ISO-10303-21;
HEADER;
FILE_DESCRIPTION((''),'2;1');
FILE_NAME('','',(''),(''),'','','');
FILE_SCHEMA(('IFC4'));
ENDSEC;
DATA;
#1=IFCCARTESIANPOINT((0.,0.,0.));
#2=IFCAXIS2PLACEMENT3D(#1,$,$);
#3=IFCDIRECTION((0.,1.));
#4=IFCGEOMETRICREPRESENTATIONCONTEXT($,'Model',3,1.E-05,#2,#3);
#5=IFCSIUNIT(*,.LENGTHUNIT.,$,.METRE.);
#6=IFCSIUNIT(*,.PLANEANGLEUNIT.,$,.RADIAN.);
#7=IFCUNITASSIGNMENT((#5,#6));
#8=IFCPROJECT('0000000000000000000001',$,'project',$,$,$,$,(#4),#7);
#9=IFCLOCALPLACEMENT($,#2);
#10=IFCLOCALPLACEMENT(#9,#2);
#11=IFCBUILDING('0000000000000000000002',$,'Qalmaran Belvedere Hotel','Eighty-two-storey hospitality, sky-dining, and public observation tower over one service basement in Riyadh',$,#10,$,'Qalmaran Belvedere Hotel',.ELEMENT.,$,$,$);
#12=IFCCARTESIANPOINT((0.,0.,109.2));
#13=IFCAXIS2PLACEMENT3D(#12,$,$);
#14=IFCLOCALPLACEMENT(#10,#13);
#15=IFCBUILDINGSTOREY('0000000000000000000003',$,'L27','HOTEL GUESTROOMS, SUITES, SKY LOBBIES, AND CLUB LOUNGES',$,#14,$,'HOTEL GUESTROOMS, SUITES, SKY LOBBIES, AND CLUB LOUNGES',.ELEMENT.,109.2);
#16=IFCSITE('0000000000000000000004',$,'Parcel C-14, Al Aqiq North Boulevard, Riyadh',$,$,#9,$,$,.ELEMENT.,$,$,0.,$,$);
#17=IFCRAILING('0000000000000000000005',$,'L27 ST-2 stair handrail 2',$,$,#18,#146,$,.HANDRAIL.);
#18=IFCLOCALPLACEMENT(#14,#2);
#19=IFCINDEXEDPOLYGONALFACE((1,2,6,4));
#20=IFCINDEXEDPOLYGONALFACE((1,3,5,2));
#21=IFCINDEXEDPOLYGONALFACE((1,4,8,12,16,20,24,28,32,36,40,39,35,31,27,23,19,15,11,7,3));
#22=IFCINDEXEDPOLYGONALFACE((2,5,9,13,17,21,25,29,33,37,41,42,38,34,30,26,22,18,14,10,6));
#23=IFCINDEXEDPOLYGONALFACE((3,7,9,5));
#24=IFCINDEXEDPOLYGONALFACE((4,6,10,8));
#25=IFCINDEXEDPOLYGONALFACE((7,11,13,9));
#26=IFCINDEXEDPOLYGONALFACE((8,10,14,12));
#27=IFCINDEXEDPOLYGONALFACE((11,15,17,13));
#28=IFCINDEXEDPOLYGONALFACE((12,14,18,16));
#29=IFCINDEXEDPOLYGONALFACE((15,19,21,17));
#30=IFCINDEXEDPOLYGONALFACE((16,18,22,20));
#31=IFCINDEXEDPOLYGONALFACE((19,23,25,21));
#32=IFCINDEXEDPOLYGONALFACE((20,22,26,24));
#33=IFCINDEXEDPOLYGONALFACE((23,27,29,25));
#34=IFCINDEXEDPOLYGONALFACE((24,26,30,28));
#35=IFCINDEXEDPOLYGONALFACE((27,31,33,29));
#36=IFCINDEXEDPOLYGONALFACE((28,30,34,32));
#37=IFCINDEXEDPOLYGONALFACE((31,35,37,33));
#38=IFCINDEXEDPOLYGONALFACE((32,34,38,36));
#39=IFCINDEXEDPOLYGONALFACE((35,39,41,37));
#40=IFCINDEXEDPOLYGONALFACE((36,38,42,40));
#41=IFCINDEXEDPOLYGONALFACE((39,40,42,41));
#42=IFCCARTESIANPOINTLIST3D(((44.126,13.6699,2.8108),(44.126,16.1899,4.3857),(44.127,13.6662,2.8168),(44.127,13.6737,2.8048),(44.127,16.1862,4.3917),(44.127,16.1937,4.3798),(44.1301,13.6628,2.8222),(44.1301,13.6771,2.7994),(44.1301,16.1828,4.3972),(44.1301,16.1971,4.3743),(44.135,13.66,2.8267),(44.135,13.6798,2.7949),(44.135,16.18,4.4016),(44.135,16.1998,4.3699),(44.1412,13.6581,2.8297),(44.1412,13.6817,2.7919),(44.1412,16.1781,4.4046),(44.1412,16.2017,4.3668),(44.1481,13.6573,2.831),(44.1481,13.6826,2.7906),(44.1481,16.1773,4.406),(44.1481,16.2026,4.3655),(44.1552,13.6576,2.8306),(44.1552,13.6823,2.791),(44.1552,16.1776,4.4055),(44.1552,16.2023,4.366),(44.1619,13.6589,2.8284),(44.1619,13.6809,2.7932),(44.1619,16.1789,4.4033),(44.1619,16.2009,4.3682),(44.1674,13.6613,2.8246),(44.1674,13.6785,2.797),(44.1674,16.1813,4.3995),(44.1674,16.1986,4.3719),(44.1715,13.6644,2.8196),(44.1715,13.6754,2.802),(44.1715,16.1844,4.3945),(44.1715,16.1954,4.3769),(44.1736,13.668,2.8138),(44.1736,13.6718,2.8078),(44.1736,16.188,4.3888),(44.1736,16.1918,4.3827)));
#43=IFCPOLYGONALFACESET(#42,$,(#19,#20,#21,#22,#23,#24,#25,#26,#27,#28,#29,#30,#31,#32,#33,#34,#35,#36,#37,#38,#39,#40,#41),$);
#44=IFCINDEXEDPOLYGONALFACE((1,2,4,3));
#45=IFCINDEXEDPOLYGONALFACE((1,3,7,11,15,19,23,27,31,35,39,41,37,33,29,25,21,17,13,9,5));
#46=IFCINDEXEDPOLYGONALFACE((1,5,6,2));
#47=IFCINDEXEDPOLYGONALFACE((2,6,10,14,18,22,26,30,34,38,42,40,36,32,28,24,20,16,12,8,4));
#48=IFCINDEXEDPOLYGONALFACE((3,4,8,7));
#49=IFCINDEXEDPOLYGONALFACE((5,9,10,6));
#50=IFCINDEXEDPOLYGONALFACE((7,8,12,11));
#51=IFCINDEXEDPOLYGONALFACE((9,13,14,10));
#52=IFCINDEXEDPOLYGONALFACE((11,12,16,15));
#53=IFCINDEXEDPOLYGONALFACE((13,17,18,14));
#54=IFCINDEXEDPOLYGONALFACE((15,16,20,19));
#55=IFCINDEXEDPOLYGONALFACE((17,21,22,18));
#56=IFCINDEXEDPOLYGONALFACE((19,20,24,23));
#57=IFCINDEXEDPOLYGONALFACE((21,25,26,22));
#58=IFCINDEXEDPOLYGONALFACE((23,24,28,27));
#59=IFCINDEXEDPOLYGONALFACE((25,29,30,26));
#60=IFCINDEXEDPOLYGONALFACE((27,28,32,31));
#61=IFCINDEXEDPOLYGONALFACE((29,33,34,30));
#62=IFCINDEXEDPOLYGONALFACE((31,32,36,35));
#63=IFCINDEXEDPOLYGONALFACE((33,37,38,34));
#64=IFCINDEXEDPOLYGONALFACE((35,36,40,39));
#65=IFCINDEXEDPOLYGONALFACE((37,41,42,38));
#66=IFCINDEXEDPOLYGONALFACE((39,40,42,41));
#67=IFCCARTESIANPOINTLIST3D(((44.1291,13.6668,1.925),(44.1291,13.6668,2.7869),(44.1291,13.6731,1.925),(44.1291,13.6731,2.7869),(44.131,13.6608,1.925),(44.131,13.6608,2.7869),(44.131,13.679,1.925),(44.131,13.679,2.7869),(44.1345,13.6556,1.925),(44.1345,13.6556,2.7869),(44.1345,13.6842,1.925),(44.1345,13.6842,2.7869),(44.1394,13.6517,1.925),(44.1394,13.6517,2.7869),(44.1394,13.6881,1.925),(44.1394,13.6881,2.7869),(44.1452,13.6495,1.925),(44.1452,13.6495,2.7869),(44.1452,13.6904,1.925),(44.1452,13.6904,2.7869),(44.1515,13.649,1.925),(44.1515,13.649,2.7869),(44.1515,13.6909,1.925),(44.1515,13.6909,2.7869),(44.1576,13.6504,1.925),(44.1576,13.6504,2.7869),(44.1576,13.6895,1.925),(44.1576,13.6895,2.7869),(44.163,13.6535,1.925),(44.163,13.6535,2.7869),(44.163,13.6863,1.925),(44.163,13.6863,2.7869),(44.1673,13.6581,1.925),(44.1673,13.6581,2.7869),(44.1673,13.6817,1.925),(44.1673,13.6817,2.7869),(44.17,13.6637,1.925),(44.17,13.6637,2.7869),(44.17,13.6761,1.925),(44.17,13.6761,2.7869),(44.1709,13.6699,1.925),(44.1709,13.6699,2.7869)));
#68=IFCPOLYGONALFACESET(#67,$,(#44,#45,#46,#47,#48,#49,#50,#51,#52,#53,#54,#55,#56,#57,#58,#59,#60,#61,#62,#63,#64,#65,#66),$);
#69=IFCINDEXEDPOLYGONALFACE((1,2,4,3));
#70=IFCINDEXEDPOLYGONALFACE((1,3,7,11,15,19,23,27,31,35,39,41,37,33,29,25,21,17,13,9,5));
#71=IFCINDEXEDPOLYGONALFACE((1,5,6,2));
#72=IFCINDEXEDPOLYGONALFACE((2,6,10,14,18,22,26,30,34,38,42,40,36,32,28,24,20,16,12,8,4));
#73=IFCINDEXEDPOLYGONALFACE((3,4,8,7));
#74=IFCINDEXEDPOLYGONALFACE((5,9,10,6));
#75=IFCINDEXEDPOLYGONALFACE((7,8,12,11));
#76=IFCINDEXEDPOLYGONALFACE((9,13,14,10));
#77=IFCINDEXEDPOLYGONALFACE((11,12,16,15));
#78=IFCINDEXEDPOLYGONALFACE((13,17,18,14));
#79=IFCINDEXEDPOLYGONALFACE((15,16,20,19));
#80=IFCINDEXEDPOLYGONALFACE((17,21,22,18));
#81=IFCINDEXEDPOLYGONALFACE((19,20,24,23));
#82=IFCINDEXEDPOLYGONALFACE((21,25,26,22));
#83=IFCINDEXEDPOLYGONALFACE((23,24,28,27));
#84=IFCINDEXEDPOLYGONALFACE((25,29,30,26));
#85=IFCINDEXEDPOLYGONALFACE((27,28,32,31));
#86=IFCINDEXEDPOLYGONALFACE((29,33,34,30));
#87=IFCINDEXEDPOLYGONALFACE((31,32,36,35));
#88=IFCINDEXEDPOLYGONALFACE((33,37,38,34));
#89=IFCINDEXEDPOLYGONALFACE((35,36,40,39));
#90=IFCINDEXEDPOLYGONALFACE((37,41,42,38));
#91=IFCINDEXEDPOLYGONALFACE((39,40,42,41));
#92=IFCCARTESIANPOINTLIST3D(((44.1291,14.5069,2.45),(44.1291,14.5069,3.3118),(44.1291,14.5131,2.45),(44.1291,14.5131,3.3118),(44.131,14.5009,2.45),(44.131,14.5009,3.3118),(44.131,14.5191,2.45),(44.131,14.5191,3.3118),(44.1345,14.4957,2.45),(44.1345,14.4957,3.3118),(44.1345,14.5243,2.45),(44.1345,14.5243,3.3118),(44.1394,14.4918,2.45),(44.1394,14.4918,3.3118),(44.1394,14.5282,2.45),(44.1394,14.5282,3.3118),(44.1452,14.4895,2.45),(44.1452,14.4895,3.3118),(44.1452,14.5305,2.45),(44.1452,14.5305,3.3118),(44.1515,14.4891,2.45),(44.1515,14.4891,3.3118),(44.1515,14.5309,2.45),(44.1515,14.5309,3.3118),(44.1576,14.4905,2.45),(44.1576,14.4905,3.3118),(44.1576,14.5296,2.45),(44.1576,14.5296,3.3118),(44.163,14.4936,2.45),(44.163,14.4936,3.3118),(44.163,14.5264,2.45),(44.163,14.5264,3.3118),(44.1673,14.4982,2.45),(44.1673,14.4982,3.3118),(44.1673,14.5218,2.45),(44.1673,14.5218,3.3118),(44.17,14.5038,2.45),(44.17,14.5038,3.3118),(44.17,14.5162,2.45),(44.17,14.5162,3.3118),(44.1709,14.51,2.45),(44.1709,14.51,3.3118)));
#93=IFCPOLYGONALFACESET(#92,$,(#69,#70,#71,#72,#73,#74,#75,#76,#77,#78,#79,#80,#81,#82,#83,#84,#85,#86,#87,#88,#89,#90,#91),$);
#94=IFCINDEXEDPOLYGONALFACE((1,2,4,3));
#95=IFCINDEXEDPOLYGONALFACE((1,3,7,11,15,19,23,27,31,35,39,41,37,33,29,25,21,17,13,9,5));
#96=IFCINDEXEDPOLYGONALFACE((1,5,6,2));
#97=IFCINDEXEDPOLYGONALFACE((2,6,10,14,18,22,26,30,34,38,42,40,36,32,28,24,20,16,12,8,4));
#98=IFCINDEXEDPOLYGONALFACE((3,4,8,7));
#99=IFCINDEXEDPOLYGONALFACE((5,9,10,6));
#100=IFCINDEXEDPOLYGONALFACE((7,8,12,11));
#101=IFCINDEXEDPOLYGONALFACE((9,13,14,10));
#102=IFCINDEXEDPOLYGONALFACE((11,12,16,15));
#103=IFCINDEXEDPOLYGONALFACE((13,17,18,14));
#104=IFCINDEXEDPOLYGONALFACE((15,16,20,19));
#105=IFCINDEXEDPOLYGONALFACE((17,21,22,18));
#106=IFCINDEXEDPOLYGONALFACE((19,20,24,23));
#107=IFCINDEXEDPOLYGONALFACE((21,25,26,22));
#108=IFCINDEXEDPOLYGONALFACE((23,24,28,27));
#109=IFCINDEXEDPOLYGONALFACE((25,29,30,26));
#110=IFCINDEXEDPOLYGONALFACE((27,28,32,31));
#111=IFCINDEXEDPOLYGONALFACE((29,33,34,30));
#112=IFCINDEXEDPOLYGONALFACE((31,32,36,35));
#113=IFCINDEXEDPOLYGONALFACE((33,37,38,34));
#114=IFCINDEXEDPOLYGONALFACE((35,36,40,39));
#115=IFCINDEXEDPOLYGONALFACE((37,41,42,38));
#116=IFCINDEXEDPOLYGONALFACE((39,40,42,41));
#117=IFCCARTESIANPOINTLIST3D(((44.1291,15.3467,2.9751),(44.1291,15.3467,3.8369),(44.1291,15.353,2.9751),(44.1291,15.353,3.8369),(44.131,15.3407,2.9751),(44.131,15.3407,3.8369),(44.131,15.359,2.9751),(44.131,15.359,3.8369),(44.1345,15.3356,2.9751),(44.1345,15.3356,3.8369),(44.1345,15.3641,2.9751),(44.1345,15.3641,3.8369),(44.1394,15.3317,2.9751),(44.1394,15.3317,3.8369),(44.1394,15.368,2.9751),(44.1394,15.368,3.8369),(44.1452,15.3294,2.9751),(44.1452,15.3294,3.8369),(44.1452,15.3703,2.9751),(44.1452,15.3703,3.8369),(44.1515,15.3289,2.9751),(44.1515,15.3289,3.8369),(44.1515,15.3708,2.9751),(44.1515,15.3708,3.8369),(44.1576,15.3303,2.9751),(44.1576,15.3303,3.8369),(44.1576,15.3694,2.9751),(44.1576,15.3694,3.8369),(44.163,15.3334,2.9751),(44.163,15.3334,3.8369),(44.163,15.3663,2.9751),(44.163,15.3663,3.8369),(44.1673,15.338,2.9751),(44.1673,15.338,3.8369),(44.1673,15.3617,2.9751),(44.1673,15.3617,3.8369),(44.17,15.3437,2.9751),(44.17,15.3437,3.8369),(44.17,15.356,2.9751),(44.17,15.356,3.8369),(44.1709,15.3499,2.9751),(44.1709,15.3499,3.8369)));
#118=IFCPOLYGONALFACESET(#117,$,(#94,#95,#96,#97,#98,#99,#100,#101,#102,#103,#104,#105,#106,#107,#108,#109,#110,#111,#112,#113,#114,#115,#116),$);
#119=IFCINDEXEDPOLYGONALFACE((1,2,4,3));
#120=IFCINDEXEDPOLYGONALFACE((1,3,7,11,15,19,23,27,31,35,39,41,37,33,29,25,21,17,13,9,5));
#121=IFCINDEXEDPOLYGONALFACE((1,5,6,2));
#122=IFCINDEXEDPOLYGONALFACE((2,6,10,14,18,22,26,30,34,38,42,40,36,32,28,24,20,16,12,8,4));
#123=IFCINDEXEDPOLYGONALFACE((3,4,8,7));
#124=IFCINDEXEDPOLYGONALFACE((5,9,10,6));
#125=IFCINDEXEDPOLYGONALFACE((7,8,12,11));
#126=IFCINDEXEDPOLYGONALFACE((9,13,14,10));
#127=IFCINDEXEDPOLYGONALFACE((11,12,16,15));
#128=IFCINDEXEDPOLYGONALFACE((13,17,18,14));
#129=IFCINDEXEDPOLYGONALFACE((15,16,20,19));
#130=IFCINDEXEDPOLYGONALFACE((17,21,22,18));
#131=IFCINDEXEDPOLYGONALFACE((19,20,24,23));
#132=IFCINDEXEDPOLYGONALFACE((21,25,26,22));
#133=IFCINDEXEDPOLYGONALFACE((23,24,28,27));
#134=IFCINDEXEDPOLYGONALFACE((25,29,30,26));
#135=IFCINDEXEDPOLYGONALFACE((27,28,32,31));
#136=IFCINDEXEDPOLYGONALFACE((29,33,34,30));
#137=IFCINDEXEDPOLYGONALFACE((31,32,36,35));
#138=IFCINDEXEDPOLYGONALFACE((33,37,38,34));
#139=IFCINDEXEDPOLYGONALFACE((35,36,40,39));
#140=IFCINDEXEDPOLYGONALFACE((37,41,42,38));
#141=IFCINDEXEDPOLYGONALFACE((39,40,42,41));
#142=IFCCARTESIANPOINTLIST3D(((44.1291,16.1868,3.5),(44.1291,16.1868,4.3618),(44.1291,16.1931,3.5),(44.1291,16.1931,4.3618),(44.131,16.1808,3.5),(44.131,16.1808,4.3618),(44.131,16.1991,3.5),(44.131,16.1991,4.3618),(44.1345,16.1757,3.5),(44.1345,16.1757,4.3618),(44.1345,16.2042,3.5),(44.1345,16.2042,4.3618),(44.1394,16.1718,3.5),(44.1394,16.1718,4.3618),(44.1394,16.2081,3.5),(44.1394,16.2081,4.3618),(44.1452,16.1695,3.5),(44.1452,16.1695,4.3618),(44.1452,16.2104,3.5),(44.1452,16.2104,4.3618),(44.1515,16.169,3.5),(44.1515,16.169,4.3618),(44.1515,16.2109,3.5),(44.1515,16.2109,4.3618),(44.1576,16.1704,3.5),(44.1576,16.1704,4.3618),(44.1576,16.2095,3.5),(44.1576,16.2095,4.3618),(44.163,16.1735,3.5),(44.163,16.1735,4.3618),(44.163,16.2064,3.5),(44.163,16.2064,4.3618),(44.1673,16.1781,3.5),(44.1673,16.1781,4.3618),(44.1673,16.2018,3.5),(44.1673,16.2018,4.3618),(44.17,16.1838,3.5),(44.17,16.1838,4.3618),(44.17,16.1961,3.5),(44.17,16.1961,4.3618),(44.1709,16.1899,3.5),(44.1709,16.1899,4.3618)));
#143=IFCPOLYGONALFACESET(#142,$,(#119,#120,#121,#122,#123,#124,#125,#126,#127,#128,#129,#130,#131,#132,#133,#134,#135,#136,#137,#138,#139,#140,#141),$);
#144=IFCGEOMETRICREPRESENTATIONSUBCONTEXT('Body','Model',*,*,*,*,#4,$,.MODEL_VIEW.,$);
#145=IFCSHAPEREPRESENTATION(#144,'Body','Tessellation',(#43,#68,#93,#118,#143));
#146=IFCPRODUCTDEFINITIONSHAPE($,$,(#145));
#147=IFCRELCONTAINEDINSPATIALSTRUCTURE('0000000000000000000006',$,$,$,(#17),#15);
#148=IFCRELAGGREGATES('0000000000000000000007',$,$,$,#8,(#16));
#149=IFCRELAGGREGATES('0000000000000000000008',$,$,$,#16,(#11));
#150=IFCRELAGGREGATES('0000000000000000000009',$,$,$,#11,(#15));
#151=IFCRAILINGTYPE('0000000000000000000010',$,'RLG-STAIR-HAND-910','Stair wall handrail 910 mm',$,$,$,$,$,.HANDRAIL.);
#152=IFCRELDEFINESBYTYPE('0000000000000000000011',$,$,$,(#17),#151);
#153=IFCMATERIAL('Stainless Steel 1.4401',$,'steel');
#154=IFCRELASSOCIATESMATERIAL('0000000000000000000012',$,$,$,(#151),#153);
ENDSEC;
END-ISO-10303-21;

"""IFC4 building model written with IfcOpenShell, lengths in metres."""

from ifc_helpers import new_model, si_unit, direction, frame, origin, origin_2d, place, context, subcontext, project, spatial, circle, extrude, material, type_object, element, save


model = new_model("IFC4")

# Units and contexts
model_context = context("Model", 3, precision=1e-05, world=origin(), true_north=direction((0.0, 1.0)))
body_context = subcontext(model_context, "Body", "Model", "MODEL_VIEW")
ifc_project = project(units=[si_unit("LENGTHUNIT", "METRE"), si_unit("PLANEANGLEUNIT", "RADIAN")], contexts=[model_context])

# Site, building, storey
site_placement = place(None, origin())
site = spatial("IfcSite", under=ifc_project, at=site_placement, Name="Parcel C-14, Al Aqiq North Boulevard, Riyadh", CompositionType="ELEMENT", RefElevation=0.0)
building_placement = place(site_placement, origin())
building = spatial("IfcBuilding", under=site, at=building_placement, Name="Qalmaran Belvedere Hotel", Description="Eighty-two-storey hospitality, sky-dining, and public observation tower over one service basement in Riyadh", LongName="Qalmaran Belvedere Hotel", CompositionType="ELEMENT")
storey_placement = place(building_placement, frame((0.0, 0.0, 109.2)))
storey = spatial("IfcBuildingStorey", under=building, at=storey_placement, Name="L27", Description="HOTEL GUESTROOMS, SUITES, SKY LOBBIES, AND CLUB LOUNGES", LongName="HOTEL GUESTROOMS, SUITES, SKY LOBBIES, AND CLUB LOUNGES", CompositionType="ELEMENT", Elevation=109.2)

# Shared definitions
ifc_material_1 = material(Name="Stainless Steel 1.4401", Category="steel")

# Railing
railing_type_1 = type_object("IfcRailingType", Name="RLG-STAIR-HAND-910", Description="Stair wall handrail 910 mm", PredefinedType="HANDRAIL", material=ifc_material_1)
railing_1_placement = place(storey_placement, frame((44.1499, 13.6699, 1.925)))
element("IfcRailing", 1, at=railing_1_placement, inside=storey, type_object=railing_type_1, Name="L27 ST-2 stair handrail 2", PredefinedType="HANDRAIL", context=body_context, shape_type="SweptSolid", body=[
    extrude(circle(Radius=0.0239, at=origin_2d()), frame((0.0, 0.0, 0.8857), z_axis=(0.0, 0.848008, 0.529984), x_axis=(-1.0, 0.0, 0.0)), (0.0, 0.0, 1.0), 2.9717),
    extrude(circle(Radius=0.021, at=origin_2d()), origin(), (0.0, 0.0, 1.0), 0.8618),
    extrude(circle(Radius=0.021, at=origin_2d()), frame((0.0, 0.8401, 0.5249)), (0.0, 0.0, 1.0), 0.8618),
    extrude(circle(Radius=0.021, at=origin_2d()), frame((0.0, 1.6799, 1.05)), (0.0, 0.0, 1.0), 0.8618),
    extrude(circle(Radius=0.021, at=origin_2d()), frame((0.0, 2.52, 1.575)), (0.0, 0.0, 1.0), 0.8618),
])

save(model, "model.ifc")
